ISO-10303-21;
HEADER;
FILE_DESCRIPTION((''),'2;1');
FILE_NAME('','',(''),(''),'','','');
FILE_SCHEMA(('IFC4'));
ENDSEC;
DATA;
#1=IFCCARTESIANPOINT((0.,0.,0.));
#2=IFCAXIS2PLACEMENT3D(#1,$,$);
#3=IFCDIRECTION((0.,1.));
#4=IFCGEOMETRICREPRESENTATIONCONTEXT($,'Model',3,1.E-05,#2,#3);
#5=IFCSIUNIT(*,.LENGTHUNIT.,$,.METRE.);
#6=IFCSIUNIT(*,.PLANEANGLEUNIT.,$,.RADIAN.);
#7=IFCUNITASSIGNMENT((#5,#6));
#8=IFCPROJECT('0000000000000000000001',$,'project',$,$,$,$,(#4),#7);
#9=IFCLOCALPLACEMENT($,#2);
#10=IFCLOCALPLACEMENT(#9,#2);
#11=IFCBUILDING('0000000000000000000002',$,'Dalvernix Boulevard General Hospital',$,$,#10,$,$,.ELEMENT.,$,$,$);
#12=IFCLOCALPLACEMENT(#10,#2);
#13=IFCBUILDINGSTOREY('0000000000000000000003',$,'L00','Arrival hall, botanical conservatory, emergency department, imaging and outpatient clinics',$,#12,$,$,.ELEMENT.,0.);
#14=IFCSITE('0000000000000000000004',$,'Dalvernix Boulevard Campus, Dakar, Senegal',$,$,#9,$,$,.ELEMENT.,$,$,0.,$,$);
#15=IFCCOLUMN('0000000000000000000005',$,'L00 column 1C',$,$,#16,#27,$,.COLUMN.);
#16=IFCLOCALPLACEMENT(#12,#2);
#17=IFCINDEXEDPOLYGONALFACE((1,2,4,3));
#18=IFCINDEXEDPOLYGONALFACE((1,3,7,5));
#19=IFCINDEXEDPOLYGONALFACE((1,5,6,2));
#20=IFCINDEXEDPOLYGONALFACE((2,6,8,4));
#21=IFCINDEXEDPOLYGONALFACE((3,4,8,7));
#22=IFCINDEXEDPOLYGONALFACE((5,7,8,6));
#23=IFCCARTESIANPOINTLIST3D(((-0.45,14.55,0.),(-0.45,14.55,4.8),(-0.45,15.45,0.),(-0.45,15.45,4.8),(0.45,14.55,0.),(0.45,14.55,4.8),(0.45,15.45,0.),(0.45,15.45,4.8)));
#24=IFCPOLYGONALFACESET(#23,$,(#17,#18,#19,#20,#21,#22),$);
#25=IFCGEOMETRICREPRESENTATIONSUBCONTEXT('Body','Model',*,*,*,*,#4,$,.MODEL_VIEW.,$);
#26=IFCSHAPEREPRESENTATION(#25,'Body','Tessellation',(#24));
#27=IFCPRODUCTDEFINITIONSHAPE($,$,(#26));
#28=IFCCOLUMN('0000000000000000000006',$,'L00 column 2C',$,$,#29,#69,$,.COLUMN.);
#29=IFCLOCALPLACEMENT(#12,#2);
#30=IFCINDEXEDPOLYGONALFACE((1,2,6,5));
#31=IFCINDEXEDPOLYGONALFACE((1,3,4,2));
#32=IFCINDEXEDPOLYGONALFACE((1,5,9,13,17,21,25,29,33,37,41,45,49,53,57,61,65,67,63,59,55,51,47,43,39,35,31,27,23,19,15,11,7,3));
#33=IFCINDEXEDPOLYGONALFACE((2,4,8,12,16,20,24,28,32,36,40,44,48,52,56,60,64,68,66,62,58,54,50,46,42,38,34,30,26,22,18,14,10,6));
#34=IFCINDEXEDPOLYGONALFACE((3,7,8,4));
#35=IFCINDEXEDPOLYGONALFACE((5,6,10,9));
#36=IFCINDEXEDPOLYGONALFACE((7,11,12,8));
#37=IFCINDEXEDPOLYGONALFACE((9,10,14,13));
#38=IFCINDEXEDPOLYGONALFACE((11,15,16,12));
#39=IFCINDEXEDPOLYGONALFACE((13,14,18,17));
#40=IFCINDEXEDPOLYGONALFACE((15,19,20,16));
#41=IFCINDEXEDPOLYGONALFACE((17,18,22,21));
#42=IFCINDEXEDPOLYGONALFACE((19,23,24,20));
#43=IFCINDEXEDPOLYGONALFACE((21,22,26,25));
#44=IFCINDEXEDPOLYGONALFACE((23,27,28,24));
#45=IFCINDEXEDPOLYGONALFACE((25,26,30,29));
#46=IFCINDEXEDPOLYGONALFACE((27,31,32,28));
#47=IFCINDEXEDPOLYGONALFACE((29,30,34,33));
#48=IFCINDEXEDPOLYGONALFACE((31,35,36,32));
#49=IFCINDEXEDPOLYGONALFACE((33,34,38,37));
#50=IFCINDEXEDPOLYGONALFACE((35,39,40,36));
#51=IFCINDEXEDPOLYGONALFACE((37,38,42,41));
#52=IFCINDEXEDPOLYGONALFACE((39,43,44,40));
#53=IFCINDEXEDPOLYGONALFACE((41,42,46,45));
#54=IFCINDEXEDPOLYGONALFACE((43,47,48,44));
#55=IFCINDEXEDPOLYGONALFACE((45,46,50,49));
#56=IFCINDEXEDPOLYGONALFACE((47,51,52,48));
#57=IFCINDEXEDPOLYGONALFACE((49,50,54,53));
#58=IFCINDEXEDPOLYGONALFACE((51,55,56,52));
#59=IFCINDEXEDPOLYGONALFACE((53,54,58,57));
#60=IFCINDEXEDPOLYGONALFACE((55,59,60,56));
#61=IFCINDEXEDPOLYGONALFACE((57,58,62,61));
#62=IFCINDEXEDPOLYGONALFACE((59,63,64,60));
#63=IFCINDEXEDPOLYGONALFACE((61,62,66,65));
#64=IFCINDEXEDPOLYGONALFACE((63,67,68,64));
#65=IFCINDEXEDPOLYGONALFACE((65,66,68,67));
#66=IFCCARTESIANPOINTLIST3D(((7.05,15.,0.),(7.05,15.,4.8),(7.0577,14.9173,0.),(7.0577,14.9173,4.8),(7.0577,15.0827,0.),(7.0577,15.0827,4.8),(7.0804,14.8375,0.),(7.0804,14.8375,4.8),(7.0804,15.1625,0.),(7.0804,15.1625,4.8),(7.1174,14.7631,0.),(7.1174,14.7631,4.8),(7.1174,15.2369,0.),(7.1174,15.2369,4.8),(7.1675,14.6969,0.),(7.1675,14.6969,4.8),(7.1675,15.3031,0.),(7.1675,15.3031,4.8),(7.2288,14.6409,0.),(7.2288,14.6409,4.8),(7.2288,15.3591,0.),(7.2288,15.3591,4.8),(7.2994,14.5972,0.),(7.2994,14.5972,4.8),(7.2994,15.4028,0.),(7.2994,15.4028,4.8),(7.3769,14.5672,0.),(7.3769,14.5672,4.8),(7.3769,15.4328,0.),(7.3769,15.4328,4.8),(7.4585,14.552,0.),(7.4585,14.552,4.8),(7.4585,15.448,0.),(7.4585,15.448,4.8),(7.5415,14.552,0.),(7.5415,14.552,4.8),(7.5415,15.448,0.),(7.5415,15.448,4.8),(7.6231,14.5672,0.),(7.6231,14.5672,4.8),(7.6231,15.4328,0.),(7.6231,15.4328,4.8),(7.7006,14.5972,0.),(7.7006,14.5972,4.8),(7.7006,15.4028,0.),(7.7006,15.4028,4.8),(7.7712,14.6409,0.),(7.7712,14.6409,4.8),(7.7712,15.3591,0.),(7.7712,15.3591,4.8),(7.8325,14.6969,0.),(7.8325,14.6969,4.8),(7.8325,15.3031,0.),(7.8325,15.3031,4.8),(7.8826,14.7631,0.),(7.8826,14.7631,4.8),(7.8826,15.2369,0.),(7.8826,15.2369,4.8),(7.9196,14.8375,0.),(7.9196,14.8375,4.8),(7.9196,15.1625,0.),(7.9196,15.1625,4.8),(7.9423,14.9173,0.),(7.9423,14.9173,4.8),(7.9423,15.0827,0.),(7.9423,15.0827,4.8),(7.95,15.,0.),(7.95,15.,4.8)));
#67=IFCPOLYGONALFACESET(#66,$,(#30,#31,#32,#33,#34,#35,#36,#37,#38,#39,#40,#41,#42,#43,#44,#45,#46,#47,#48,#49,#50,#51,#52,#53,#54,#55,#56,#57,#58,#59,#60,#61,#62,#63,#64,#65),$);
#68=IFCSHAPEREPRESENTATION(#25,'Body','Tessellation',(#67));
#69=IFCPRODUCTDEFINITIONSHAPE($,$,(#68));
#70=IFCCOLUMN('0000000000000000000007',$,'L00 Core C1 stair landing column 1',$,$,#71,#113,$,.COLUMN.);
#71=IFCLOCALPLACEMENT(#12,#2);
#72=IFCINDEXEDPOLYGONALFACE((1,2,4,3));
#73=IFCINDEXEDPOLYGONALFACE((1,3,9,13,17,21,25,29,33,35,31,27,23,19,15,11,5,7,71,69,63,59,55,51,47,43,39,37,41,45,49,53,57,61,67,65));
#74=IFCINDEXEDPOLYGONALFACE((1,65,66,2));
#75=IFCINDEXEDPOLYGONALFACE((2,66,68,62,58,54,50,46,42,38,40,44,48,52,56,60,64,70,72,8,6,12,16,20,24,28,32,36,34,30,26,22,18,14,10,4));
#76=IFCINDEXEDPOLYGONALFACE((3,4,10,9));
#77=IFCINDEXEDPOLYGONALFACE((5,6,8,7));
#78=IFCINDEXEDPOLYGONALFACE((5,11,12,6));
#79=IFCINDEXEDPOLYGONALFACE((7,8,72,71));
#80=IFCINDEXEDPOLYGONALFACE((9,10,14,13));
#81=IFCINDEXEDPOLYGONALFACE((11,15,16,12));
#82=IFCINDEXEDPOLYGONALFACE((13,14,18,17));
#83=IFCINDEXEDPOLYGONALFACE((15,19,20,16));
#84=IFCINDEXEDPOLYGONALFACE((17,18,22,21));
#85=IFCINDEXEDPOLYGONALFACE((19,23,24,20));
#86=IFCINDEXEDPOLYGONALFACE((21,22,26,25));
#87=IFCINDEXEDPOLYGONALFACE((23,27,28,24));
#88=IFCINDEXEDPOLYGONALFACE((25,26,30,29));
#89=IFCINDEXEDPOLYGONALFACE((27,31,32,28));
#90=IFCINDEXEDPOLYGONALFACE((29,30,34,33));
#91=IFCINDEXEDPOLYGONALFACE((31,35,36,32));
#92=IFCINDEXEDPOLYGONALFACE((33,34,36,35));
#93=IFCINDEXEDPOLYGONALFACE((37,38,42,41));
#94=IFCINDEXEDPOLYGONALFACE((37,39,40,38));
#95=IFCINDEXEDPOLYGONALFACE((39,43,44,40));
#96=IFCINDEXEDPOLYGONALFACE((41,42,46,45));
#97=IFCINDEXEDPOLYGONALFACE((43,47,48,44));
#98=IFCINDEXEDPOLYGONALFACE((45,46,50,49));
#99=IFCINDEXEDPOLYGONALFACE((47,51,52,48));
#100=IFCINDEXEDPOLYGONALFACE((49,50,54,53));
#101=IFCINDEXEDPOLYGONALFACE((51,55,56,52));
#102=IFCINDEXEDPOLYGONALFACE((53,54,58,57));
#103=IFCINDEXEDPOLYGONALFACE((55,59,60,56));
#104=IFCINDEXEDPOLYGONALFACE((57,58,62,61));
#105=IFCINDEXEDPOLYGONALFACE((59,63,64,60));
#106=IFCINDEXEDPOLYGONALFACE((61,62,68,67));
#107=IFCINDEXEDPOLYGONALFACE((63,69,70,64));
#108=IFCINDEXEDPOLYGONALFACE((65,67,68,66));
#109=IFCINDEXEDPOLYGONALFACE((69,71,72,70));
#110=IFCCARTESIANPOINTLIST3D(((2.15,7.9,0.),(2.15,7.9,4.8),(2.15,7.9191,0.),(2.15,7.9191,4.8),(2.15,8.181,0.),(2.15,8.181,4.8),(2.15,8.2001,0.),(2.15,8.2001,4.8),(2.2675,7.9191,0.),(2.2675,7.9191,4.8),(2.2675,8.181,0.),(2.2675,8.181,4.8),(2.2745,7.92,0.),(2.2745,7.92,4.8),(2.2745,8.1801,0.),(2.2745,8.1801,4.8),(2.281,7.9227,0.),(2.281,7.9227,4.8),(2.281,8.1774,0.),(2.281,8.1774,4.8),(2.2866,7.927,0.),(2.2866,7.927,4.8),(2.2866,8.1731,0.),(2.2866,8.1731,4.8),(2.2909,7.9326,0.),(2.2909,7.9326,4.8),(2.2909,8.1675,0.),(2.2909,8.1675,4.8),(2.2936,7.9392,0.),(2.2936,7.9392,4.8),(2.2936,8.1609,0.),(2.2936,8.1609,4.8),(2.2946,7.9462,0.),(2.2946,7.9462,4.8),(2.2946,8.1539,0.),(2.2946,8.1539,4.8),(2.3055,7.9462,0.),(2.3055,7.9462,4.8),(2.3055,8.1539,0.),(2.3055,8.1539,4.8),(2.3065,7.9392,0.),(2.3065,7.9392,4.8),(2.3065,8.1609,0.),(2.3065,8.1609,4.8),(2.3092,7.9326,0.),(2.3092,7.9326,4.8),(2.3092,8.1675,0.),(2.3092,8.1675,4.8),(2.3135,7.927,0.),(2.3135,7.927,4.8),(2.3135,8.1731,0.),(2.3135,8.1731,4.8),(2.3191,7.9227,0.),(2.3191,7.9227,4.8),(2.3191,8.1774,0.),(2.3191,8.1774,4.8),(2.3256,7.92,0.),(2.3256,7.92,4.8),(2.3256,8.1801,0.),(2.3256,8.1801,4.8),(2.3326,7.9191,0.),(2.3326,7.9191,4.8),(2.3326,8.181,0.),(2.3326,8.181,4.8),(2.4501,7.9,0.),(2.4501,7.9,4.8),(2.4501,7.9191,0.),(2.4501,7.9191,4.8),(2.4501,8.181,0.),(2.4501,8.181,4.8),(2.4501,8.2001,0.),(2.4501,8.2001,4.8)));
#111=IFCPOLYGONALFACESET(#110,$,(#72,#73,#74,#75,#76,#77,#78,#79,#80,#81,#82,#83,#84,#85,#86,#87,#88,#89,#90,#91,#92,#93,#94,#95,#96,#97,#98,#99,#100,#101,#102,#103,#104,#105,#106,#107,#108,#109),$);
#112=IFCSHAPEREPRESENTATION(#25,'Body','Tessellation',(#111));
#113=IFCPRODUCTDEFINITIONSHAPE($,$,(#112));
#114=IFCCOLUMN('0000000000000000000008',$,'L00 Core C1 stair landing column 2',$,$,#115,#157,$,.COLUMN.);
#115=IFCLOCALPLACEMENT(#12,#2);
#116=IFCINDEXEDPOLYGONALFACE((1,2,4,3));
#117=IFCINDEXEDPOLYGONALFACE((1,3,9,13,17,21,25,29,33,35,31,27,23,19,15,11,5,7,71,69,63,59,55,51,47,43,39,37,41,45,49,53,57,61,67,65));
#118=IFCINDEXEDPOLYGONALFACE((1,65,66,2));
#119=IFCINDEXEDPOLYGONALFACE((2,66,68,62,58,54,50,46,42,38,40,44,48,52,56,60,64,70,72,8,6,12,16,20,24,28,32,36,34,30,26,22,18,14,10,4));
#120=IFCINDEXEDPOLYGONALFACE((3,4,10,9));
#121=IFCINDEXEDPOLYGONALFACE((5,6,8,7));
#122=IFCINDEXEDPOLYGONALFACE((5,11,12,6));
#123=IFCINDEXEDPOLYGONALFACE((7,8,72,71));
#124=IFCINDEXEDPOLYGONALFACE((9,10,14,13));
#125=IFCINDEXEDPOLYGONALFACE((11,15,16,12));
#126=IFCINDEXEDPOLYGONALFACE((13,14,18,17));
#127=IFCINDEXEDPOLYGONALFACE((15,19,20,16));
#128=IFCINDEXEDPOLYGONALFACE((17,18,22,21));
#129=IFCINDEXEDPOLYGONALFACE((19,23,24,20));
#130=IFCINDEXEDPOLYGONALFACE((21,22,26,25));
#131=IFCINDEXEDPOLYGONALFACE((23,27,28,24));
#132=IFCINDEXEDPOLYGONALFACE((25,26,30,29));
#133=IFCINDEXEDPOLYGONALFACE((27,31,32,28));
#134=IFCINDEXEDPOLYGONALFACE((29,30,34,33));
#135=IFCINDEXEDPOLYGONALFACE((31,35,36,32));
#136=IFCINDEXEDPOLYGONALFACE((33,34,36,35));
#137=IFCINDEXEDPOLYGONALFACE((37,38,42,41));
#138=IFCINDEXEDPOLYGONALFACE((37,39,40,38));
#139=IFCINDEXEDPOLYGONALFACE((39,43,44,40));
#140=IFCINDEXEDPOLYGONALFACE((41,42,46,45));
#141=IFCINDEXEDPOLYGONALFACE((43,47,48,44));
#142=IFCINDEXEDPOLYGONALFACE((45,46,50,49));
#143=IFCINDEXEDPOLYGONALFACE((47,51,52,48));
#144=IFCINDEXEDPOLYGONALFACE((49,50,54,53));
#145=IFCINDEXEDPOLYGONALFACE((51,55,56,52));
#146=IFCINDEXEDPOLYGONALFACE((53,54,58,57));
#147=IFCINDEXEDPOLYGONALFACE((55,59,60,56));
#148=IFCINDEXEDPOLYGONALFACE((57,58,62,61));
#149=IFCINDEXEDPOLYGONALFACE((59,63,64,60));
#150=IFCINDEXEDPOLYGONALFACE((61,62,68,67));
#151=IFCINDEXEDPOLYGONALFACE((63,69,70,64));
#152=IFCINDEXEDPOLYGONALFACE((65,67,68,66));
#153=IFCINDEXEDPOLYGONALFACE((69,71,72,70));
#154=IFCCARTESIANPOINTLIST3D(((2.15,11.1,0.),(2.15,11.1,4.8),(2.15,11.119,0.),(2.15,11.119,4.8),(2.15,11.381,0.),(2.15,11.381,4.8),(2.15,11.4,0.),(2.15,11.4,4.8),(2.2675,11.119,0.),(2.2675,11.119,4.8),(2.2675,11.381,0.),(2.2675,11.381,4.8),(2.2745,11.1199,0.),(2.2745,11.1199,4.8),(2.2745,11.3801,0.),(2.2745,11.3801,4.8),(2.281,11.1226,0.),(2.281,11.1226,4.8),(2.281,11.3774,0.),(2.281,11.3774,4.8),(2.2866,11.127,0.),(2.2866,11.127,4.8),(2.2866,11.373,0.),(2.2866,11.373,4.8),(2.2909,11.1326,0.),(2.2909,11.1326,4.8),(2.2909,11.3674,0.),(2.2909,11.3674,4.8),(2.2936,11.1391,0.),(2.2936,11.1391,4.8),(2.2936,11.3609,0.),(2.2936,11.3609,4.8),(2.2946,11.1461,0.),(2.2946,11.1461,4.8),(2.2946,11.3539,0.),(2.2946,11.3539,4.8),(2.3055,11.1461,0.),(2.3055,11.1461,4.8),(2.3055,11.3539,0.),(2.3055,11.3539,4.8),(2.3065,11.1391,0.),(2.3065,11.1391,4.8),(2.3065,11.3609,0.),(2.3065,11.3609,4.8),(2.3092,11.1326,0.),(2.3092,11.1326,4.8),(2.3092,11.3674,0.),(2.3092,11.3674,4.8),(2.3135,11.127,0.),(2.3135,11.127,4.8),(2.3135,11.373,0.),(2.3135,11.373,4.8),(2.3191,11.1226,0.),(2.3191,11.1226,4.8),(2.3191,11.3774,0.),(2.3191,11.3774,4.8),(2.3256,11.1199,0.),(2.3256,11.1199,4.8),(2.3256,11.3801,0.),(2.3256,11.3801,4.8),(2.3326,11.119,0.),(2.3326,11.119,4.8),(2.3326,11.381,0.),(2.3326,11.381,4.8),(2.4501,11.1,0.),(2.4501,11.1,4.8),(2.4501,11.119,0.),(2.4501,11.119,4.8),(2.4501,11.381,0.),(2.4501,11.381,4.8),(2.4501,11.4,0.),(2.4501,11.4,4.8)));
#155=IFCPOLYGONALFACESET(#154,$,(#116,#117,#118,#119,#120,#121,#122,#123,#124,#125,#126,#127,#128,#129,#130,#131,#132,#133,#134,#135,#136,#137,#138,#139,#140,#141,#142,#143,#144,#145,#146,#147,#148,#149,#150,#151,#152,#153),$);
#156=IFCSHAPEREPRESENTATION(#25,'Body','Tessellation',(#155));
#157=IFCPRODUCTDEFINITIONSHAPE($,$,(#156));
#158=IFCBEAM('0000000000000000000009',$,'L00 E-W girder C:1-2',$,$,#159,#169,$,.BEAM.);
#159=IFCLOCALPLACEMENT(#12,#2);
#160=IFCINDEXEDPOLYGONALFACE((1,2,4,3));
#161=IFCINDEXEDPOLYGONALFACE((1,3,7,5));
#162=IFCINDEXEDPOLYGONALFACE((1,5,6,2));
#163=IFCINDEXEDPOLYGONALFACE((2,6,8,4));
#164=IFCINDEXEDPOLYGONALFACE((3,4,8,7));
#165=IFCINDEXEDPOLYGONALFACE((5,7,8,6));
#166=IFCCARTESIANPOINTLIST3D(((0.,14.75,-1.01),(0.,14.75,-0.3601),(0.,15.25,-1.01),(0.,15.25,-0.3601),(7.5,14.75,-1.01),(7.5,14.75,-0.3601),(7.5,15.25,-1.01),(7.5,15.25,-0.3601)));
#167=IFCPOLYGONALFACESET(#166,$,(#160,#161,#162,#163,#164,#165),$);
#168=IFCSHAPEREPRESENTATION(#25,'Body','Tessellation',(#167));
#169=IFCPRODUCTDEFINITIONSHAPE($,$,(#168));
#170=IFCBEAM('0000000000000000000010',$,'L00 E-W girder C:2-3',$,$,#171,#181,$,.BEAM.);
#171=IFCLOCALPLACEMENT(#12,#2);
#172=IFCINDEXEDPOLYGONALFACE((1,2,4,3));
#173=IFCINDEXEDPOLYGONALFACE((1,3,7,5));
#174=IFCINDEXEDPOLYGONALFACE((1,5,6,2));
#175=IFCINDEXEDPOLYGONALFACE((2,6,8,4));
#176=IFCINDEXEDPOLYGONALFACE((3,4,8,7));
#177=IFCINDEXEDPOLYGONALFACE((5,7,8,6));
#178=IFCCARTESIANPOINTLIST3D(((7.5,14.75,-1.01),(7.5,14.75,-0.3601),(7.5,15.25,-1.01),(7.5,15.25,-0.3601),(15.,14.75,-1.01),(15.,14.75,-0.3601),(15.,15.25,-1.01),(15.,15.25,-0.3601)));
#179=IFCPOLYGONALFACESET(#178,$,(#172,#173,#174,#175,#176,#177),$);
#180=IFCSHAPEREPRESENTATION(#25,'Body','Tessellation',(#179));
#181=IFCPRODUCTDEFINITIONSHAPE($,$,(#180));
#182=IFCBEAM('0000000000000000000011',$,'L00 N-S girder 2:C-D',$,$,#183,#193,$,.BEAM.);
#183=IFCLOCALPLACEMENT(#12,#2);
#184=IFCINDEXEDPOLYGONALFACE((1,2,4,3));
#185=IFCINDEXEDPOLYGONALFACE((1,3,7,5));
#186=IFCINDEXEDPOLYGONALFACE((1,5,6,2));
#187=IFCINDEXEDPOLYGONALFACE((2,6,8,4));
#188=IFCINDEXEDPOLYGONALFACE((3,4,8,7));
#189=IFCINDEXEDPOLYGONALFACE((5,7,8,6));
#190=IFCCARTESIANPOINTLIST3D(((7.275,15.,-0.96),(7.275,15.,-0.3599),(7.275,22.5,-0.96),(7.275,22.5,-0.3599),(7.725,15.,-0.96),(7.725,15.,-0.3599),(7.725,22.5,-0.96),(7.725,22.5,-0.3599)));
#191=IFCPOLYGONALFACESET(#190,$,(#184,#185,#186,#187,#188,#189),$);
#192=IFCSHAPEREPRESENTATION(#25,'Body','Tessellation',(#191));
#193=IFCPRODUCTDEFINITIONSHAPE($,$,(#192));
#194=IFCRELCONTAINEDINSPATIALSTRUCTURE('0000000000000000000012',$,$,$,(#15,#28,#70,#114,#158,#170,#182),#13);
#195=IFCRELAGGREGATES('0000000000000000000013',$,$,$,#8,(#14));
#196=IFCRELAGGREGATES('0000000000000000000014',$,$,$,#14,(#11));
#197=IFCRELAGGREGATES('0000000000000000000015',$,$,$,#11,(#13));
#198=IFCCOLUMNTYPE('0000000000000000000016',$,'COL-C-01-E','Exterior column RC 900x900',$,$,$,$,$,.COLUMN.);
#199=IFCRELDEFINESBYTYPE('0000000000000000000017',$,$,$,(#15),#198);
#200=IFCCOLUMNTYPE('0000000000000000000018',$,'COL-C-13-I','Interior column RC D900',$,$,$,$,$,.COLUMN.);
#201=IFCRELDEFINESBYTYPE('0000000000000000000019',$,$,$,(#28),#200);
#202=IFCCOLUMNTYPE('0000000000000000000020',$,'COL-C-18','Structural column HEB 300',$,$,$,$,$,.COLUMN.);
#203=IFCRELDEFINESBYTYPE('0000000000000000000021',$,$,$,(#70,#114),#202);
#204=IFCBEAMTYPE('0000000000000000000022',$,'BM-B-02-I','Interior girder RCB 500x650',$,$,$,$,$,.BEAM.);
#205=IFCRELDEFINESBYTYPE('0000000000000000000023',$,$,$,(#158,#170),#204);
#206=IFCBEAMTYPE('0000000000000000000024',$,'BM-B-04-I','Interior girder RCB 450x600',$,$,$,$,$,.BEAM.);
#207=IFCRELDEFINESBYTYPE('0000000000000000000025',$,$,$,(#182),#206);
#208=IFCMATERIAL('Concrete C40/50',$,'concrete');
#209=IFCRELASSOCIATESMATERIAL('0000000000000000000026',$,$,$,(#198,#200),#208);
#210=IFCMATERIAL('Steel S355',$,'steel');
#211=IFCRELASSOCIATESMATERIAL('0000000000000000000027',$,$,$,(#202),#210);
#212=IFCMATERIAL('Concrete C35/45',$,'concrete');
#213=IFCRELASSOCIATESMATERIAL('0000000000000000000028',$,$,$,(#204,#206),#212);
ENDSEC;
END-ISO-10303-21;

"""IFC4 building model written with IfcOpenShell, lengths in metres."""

from ifc_helpers import new_model, si_unit, direction, frame, origin, origin_2d, place, context, subcontext, project, spatial, rectangle, circle, i_section, extrude, material, material_profile, profile_set, type_object, element, save


model = new_model("IFC4")

# Units and contexts
model_context = context("Model", 3, precision=1e-05, world=origin(), true_north=direction((0.0, 1.0)))
body_context = subcontext(model_context, "Body", "Model", "MODEL_VIEW")
ifc_project = project(units=[si_unit("LENGTHUNIT", "METRE"), si_unit("PLANEANGLEUNIT", "RADIAN")], contexts=[model_context])

# Site, building, storey
site_placement = place(None, origin())
site = spatial("IfcSite", under=ifc_project, at=site_placement, Name="Dalvernix Boulevard Campus, Dakar, Senegal", CompositionType="ELEMENT", RefElevation=0.0)
building_placement = place(site_placement, origin())
building = spatial("IfcBuilding", under=site, at=building_placement, Name="Dalvernix Boulevard General Hospital", CompositionType="ELEMENT")
storey_placement = place(building_placement, origin())
storey = spatial("IfcBuildingStorey", under=building, at=storey_placement, Name="L00", Description="Arrival hall, botanical conservatory, emergency department, imaging and outpatient clinics", CompositionType="ELEMENT", Elevation=0.0)

# Columns
ifc_material_1 = material(Name="Concrete C40/50", Category="concrete")
ifc_material_profile_1 = material_profile(ifc_material_1, rectangle(XDim=0.8999, YDim=0.8999, at=origin_2d()), Name="RC 900x900")
ifc_profile_set_1 = profile_set([ifc_material_profile_1], Name="Concrete C40/50")
column_type_1 = type_object("IfcColumnType", Name="COL-C-01-E", Description="Exterior column RC 900x900", PredefinedType="COLUMN", material=ifc_profile_set_1)
column_1_placement = place(storey_placement, frame((0.0, 15.0, 0.0), z_axis=(0.0, 0.0, 1.0), x_axis=(1.0, 0.0, 0.0)))
element("IfcColumn", 1, at=column_1_placement, inside=storey, type_object=column_type_1, Name="L00 column 1C", PredefinedType="COLUMN", context=body_context, shape_type="SweptSolid", body=[
    extrude(rectangle(XDim=0.8999, YDim=0.8999, at=origin_2d()), origin(), (0.0, 0.0, 1.0), 4.8),
])
ifc_material_profile_2 = material_profile(ifc_material_1, circle(Radius=0.45, at=origin_2d()), Name="RC D900")
ifc_profile_set_2 = profile_set([ifc_material_profile_2], Name="Concrete C40/50")
column_type_2 = type_object("IfcColumnType", Name="COL-C-13-I", Description="Interior column RC D900", PredefinedType="COLUMN", material=ifc_profile_set_2)
column_2_placement = place(storey_placement, frame((7.5, 15.0, 0.0), z_axis=(0.0, 0.0, 1.0), x_axis=(1.0, 0.0, 0.0)))
element("IfcColumn", 2, at=column_2_placement, inside=storey, type_object=column_type_2, Name="L00 column 2C", PredefinedType="COLUMN", context=body_context, shape_type="SweptSolid", body=[
    extrude(circle(Radius=0.45, at=origin_2d()), origin(), (0.0, 0.0, 1.0), 4.8),
])
ifc_material_2 = material(Name="Steel S355", Category="steel")
ifc_material_profile_3 = material_profile(ifc_material_2, i_section(OverallWidth=0.3, OverallDepth=0.3, WebThickness=0.011, FlangeThickness=0.019, FilletRadius=0.0271, at=origin_2d()), Name="HEB 300")
ifc_profile_set_3 = profile_set([ifc_material_profile_3], Name="Steel S355")
column_type_3 = type_object("IfcColumnType", Name="COL-C-18", Description="Structural column HEB 300", PredefinedType="COLUMN", material=ifc_profile_set_3)
for number, where, z_axis, x_axis, name in (
    (3, (2.3, 8.05, 0.0), (0.0, 0.0, 1.0), (1.0, 0.0, 0.0), "L00 Core C1 stair landing column 1"),
    (4, (2.3, 11.25, 0.0), (0.0, 0.0, 1.0), (1.0, 0.0, 0.0), "L00 Core C1 stair landing column 2"),
):
    element("IfcColumn", number, at=place(storey_placement, frame(where, z_axis=z_axis, x_axis=x_axis)), inside=storey, type_object=column_type_3, Name=name, PredefinedType="COLUMN", context=body_context, shape_type="SweptSolid", body=[
        extrude(i_section(OverallWidth=0.3, OverallDepth=0.3, WebThickness=0.011, FlangeThickness=0.019, FilletRadius=0.0271, at=origin_2d()), origin(), (0.0, 0.0, 1.0), 4.8),
    ])

# Beams
ifc_material_3 = material(Name="Concrete C35/45", Category="concrete")
ifc_material_profile_4 = material_profile(ifc_material_3, rectangle(XDim=0.5, YDim=0.6499, at=origin_2d()), Name="RCB 500x650")
ifc_profile_set_4 = profile_set([ifc_material_profile_4], Name="Concrete C35/45")
beam_type_1 = type_object("IfcBeamType", Name="BM-B-02-I", Description="Interior girder RCB 500x650", PredefinedType="BEAM", material=ifc_profile_set_4)
for number, where, z_axis, x_axis, name in (
    (5, (0.0, 15.0, -0.6851), (1.0, 0.0, 0.0), (0.0, 1.0, 0.0), "L00 E-W girder C:1-2"),
    (6, (7.5, 15.0, -0.6851), (1.0, 0.0, 0.0), (0.0, 1.0, 0.0), "L00 E-W girder C:2-3"),
):
    element("IfcBeam", number, at=place(storey_placement, frame(where, z_axis=z_axis, x_axis=x_axis)), inside=storey, type_object=beam_type_1, Name=name, PredefinedType="BEAM", context=body_context, shape_type="SweptSolid", body=[
        extrude(rectangle(XDim=0.5, YDim=0.6499, at=origin_2d()), origin(), (0.0, 0.0, 1.0), 7.5),
    ])
ifc_material_profile_5 = material_profile(ifc_material_3, rectangle(XDim=0.45, YDim=0.6001, at=origin_2d()), Name="RCB 450x600")
ifc_profile_set_5 = profile_set([ifc_material_profile_5], Name="Concrete C35/45")
beam_type_2 = type_object("IfcBeamType", Name="BM-B-04-I", Description="Interior girder RCB 450x600", PredefinedType="BEAM", material=ifc_profile_set_5)
beam_1_placement = place(storey_placement, frame((7.5, 15.0, -0.6599), z_axis=(0.0, 1.0, 0.0), x_axis=(-1.0, 0.0, 0.0)))
element("IfcBeam", 7, at=beam_1_placement, inside=storey, type_object=beam_type_2, Name="L00 N-S girder 2:C-D", PredefinedType="BEAM", context=body_context, shape_type="SweptSolid", body=[
    extrude(rectangle(XDim=0.45, YDim=0.6001, at=origin_2d()), origin(), (0.0, 0.0, 1.0), 7.5),
])

save(model, "model.ifc")
